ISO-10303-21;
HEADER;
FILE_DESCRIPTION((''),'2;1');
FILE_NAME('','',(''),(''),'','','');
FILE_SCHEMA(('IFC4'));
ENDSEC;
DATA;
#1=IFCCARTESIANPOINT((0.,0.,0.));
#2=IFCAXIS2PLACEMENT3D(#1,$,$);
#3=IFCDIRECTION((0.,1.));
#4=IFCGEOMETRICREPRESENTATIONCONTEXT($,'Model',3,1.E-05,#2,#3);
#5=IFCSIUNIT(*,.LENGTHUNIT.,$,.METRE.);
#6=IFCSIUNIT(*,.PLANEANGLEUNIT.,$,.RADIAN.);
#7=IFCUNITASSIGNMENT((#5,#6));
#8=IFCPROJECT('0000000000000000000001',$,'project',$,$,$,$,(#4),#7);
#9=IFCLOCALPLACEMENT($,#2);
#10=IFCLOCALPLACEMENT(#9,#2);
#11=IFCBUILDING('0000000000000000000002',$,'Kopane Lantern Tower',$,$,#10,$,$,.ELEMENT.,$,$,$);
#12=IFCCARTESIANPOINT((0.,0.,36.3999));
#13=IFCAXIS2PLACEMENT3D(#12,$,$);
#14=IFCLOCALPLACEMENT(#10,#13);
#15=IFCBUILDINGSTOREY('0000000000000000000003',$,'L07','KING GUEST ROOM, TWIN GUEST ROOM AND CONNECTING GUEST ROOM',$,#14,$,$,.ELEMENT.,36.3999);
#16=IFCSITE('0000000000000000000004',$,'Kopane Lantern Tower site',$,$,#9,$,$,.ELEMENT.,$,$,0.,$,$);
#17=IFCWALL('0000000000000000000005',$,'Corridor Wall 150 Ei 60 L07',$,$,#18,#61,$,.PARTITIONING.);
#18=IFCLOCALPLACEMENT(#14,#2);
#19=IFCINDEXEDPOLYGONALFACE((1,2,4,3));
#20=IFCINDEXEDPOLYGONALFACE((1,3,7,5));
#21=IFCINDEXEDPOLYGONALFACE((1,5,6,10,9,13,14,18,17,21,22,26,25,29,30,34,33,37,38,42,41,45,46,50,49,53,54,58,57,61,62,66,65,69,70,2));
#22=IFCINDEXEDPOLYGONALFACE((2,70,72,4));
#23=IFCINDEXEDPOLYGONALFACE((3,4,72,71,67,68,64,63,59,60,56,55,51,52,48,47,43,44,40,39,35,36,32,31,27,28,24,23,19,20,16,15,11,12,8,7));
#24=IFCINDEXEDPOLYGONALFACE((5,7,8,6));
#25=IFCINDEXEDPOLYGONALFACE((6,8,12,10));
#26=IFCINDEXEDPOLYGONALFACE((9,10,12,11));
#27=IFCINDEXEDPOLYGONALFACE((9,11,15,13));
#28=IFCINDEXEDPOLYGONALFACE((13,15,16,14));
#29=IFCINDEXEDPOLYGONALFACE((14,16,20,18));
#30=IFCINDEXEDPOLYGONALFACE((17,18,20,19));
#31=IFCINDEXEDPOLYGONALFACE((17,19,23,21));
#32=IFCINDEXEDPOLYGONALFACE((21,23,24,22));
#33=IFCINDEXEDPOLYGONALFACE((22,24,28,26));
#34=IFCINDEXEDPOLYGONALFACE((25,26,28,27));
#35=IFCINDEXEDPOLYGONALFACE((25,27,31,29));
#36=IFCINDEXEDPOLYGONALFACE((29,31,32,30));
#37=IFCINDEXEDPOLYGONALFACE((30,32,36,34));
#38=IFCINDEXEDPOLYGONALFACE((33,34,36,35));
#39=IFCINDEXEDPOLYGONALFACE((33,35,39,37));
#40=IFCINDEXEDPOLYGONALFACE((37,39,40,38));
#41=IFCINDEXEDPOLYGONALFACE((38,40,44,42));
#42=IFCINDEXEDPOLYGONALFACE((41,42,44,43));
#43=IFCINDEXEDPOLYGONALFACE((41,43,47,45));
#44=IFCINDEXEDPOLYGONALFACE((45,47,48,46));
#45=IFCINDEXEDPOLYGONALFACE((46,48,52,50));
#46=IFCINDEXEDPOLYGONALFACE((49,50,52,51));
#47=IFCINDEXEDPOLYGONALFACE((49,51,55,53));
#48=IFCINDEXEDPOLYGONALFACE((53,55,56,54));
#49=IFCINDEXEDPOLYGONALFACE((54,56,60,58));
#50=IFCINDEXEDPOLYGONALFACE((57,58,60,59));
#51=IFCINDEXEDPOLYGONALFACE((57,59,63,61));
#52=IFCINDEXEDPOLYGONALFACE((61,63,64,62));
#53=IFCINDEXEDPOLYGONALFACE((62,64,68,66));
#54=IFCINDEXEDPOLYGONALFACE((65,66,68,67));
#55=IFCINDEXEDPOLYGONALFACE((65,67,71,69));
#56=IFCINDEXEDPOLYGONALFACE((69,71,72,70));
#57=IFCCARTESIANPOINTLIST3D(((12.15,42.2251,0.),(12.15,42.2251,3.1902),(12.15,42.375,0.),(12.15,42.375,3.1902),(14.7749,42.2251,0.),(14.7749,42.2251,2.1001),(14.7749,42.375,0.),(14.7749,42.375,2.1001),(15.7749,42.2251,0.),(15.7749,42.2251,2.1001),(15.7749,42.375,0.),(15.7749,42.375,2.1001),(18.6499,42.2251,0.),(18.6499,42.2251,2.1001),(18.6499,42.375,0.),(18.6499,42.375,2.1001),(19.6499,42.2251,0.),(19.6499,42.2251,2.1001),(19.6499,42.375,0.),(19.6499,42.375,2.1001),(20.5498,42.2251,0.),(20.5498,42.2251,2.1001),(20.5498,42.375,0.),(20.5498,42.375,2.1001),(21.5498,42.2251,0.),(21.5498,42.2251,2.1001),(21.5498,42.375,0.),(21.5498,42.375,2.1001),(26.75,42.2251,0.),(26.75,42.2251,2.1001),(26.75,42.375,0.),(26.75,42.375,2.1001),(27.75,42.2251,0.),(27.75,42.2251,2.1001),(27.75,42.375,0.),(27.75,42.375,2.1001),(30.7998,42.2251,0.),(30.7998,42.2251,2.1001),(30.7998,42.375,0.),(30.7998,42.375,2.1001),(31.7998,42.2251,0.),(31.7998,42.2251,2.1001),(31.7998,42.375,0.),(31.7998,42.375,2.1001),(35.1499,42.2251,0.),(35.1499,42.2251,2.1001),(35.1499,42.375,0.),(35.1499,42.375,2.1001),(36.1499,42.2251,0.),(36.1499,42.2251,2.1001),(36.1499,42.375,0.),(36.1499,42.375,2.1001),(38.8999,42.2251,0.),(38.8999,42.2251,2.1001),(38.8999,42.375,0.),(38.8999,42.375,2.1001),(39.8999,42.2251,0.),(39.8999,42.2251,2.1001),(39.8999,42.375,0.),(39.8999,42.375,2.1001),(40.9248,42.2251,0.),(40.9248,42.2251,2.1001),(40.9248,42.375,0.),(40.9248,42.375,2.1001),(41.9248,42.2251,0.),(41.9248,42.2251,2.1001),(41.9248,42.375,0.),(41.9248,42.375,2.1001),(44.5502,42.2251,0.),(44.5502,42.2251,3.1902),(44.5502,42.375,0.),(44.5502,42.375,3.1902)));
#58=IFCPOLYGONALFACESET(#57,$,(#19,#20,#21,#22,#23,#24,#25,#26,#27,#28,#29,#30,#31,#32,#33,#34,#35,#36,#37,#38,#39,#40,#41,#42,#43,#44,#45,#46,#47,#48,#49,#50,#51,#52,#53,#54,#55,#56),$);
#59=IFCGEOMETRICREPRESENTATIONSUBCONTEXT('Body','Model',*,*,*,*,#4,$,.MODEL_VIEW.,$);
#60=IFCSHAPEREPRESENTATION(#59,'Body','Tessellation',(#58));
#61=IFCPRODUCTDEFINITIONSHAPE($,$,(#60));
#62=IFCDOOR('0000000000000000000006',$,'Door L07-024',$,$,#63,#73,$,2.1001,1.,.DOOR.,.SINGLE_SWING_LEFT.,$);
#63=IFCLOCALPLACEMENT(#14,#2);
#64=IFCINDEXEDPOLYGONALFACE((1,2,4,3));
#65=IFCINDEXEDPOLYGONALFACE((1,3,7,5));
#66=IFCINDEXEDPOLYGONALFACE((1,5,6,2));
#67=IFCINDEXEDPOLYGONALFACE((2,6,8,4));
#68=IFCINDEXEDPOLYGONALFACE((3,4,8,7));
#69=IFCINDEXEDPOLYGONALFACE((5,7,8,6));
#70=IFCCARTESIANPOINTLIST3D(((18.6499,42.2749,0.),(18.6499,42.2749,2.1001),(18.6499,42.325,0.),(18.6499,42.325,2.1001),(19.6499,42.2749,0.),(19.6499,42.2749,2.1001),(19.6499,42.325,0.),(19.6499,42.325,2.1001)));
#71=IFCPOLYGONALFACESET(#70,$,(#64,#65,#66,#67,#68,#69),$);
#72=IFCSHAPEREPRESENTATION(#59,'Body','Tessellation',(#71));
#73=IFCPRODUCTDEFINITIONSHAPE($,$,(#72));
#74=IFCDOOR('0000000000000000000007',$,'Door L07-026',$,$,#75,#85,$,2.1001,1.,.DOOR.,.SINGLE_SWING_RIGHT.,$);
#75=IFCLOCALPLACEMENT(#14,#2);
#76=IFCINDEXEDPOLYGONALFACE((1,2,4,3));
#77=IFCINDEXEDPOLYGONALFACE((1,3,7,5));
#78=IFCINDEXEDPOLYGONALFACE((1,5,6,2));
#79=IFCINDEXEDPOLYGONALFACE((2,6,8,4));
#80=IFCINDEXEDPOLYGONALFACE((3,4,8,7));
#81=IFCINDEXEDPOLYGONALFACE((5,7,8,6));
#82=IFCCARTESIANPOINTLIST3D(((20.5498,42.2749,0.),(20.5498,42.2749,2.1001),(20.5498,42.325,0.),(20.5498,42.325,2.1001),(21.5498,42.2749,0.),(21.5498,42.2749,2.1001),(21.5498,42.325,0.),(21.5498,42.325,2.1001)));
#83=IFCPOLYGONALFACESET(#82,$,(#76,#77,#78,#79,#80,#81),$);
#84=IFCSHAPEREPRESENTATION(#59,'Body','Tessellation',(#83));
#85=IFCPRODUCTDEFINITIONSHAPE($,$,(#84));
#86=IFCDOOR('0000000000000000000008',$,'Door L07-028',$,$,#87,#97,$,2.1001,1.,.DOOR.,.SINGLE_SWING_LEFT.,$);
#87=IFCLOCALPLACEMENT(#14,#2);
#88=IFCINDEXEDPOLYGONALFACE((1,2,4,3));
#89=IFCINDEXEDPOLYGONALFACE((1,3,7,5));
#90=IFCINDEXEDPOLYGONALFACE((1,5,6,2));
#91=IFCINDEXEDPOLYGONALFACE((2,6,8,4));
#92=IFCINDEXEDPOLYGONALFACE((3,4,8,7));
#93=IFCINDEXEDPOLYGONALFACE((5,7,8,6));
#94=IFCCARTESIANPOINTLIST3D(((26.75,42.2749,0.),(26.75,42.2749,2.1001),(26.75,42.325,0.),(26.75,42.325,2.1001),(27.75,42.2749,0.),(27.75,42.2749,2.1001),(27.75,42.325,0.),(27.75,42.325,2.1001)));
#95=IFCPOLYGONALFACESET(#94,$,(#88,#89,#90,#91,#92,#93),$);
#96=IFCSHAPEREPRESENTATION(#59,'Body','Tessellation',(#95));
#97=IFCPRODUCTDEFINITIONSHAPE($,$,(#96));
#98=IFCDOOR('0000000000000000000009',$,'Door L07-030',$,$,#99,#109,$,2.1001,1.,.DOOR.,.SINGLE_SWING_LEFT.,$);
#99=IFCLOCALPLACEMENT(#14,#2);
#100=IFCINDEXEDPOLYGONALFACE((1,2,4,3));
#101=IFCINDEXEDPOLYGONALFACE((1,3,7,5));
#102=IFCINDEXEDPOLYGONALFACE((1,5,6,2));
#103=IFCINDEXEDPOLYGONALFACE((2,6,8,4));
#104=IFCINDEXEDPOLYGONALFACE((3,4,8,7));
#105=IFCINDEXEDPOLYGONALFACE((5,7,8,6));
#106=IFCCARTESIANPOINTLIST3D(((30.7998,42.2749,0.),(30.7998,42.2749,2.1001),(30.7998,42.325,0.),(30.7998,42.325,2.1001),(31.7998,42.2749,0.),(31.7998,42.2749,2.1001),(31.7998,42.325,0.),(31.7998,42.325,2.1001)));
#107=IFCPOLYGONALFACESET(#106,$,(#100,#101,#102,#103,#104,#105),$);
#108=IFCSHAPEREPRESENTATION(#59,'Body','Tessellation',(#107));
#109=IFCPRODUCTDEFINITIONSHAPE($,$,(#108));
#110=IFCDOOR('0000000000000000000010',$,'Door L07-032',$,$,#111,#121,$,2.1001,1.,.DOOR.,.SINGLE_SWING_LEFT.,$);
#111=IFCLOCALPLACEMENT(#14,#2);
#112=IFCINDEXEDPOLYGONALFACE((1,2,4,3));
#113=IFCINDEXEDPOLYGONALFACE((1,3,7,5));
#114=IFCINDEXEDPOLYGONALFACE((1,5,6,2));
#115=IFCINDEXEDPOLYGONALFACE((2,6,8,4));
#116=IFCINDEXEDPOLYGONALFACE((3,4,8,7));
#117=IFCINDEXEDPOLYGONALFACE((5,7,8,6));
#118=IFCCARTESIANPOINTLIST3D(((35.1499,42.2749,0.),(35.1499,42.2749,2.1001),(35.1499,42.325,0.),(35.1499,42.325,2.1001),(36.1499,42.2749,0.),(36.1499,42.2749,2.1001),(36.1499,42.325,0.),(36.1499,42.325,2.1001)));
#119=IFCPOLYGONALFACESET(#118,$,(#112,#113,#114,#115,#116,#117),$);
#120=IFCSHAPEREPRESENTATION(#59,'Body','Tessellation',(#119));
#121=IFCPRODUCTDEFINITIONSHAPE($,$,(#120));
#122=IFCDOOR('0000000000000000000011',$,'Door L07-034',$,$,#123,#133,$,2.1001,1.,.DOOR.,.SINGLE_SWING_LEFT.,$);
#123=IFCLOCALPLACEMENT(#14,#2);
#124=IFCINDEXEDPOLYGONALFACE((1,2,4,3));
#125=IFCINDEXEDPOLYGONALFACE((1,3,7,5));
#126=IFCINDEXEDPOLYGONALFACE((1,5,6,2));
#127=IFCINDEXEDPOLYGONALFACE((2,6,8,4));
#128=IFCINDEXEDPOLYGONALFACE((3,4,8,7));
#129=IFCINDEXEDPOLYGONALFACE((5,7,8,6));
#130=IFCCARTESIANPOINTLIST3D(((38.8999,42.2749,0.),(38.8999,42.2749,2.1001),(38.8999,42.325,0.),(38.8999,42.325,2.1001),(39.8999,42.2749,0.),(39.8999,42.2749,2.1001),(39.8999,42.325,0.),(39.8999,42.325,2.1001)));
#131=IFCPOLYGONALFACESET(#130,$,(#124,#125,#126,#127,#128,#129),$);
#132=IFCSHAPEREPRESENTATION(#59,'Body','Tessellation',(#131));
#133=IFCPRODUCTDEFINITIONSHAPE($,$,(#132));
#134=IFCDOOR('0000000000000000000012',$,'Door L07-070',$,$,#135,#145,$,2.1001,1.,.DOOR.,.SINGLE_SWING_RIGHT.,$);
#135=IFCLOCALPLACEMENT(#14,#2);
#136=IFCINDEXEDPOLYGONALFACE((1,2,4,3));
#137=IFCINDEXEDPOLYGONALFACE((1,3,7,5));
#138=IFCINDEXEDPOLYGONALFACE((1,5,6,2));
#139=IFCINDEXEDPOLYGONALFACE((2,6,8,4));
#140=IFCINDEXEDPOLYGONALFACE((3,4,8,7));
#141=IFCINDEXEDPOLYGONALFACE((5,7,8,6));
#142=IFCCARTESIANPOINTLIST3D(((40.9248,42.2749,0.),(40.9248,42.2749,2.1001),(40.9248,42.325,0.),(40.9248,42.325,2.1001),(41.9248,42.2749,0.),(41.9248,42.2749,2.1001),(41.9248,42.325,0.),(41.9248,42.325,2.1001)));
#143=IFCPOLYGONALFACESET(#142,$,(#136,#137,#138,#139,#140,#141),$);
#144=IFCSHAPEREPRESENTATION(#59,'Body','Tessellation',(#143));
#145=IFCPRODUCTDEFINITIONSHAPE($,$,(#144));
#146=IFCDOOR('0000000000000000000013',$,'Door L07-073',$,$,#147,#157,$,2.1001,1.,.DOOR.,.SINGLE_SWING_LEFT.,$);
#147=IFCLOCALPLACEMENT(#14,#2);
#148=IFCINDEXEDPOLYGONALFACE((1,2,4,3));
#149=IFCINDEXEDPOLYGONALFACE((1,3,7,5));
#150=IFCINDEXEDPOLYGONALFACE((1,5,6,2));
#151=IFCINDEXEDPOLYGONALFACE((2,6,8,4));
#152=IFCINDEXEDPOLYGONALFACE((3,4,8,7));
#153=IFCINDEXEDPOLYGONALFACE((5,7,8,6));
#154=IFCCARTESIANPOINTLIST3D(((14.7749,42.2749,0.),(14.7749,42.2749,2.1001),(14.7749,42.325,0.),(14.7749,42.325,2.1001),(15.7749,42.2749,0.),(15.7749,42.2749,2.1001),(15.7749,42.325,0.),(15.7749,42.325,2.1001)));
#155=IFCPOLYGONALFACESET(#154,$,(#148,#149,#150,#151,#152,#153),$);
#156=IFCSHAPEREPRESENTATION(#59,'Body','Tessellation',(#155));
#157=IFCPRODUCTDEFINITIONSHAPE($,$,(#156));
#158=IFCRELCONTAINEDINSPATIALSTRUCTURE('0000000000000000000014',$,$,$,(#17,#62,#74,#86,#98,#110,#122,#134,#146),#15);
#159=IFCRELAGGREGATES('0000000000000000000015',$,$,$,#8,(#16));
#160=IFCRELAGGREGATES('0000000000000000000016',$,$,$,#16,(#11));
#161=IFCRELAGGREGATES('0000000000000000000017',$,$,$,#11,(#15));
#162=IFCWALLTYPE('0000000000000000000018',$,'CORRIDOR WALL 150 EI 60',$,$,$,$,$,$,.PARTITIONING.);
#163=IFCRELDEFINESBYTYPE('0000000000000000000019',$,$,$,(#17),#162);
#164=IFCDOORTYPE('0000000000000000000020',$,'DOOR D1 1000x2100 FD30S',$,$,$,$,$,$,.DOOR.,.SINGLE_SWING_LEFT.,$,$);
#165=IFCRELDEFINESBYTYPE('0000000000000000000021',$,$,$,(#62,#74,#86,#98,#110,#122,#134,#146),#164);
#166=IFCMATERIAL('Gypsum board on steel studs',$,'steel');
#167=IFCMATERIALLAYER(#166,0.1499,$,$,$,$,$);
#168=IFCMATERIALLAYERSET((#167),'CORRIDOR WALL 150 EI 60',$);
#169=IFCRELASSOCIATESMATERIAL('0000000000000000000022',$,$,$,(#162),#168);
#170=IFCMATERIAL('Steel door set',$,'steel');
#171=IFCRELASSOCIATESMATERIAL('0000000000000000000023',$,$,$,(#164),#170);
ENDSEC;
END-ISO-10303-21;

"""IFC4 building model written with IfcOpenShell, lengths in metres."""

from ifc_helpers import new_model, si_unit, direction, frame, frame_2d, origin, place, context, subcontext, project, spatial, rectangle, extrude, material, layer, layer_set, type_object, element, fill, save


model = new_model("IFC4")

# Units and contexts
model_context = context("Model", 3, precision=1e-05, world=origin(), true_north=direction((0.0, 1.0)))
body_context = subcontext(model_context, "Body", "Model", "MODEL_VIEW")
ifc_project = project(units=[si_unit("LENGTHUNIT", "METRE"), si_unit("PLANEANGLEUNIT", "RADIAN")], contexts=[model_context])

# Site, building, storey
site_placement = place(None, origin())
site = spatial("IfcSite", under=ifc_project, at=site_placement, Name="Kopane Lantern Tower site", CompositionType="ELEMENT", RefElevation=0.0)
building_placement = place(site_placement, origin())
building = spatial("IfcBuilding", under=site, at=building_placement, Name="Kopane Lantern Tower", CompositionType="ELEMENT")
storey_placement = place(building_placement, frame((0.0, 0.0, 36.3999)))
storey = spatial("IfcBuildingStorey", under=building, at=storey_placement, Name="L07", Description="KING GUEST ROOM, TWIN GUEST ROOM AND CONNECTING GUEST ROOM", CompositionType="ELEMENT", Elevation=36.3999)

# Wall, openings, doors
ifc_material_1 = material(Name="Gypsum board on steel studs", Category="steel")
ifc_layer_1 = layer(ifc_material_1, 0.1499)
ifc_layer_set_1 = layer_set([ifc_layer_1], Name="CORRIDOR WALL 150 EI 60")
wall_type_1 = type_object("IfcWallType", Name="CORRIDOR WALL 150 EI 60", PredefinedType="PARTITIONING", material=ifc_layer_set_1)
wall_1_placement = place(storey_placement, frame((12.1499, 42.3, 0.0), z_axis=(0.0, 0.0, 1.0), x_axis=(1.0, 0.0, 0.0)))
wall_1 = element("IfcWall", 1, at=wall_1_placement, inside=storey, type_object=wall_type_1, Name="Corridor Wall 150 Ei 60 L07", PredefinedType="PARTITIONING", context=body_context, shape_type="SweptSolid", body=[
    extrude(rectangle(XDim=32.4001, YDim=0.1499, at=frame_2d((16.2002, 0.0))), origin(), (0.0, 0.0, 1.0), 3.1902),
])
opening_1_placement = place(wall_1_placement, frame((6.5, 0.0, 0.0)))
opening_1 = element("IfcOpeningElement", 2, at=opening_1_placement, cuts=wall_1, PredefinedType="OPENING", context=body_context, shape_type="SweptSolid", body=[
    extrude(rectangle(XDim=1.0, YDim=2.1001, at=frame_2d((0.5, 1.05))), frame((0.0, 0.085, 0.0), z_axis=(0.0, -1.0, 0.0), x_axis=(1.0, 0.0, 0.0)), (0.0, 0.0, 1.0), 0.1699),
])
opening_2_placement = place(wall_1_placement, frame((8.3999, 0.0, 0.0)))
opening_2 = element("IfcOpeningElement", 3, at=opening_2_placement, cuts=wall_1, PredefinedType="OPENING", context=body_context, shape_type="SweptSolid", body=[
    extrude(rectangle(XDim=1.0, YDim=2.1001, at=frame_2d((0.5, 1.05))), frame((0.0, 0.085, 0.0), z_axis=(0.0, -1.0, 0.0), x_axis=(1.0, 0.0, 0.0)), (0.0, 0.0, 1.0), 0.1699),
])
opening_3_placement = place(wall_1_placement, frame((14.6001, 0.0, 0.0)))
opening_3 = element("IfcOpeningElement", 4, at=opening_3_placement, cuts=wall_1, PredefinedType="OPENING", context=body_context, shape_type="SweptSolid", body=[
    extrude(rectangle(XDim=1.0, YDim=2.1001, at=frame_2d((0.5, 1.05))), frame((0.0, 0.085, 0.0), z_axis=(0.0, -1.0, 0.0), x_axis=(1.0, 0.0, 0.0)), (0.0, 0.0, 1.0), 0.1699),
])
opening_4_placement = place(wall_1_placement, frame((18.6499, 0.0, 0.0)))
opening_4 = element("IfcOpeningElement", 5, at=opening_4_placement, cuts=wall_1, PredefinedType="OPENING", context=body_context, shape_type="SweptSolid", body=[
    extrude(rectangle(XDim=1.0, YDim=2.1001, at=frame_2d((0.5, 1.05))), frame((0.0, 0.085, 0.0), z_axis=(0.0, -1.0, 0.0), x_axis=(1.0, 0.0, 0.0)), (0.0, 0.0, 1.0), 0.1699),
])
opening_5_placement = place(wall_1_placement, frame((23.0, 0.0, 0.0)))
opening_5 = element("IfcOpeningElement", 6, at=opening_5_placement, cuts=wall_1, PredefinedType="OPENING", context=body_context, shape_type="SweptSolid", body=[
    extrude(rectangle(XDim=1.0, YDim=2.1001, at=frame_2d((0.5, 1.05))), frame((0.0, 0.085, 0.0), z_axis=(0.0, -1.0, 0.0), x_axis=(1.0, 0.0, 0.0)), (0.0, 0.0, 1.0), 0.1699),
])
opening_6_placement = place(wall_1_placement, frame((26.75, 0.0, 0.0)))
opening_6 = element("IfcOpeningElement", 7, at=opening_6_placement, cuts=wall_1, PredefinedType="OPENING", context=body_context, shape_type="SweptSolid", body=[
    extrude(rectangle(XDim=1.0, YDim=2.1001, at=frame_2d((0.5, 1.05))), frame((0.0, 0.085, 0.0), z_axis=(0.0, -1.0, 0.0), x_axis=(1.0, 0.0, 0.0)), (0.0, 0.0, 1.0), 0.1699),
])
opening_7_placement = place(wall_1_placement, frame((28.7749, 0.0, 0.0)))
opening_7 = element("IfcOpeningElement", 8, at=opening_7_placement, cuts=wall_1, PredefinedType="OPENING", context=body_context, shape_type="SweptSolid", body=[
    extrude(rectangle(XDim=1.0, YDim=2.1001, at=frame_2d((0.5, 1.05))), frame((0.0, 0.085, 0.0), z_axis=(0.0, -1.0, 0.0), x_axis=(1.0, 0.0, 0.0)), (0.0, 0.0, 1.0), 0.1699),
])
opening_8_placement = place(wall_1_placement, frame((2.625, 0.0, 0.0)))
opening_8 = element("IfcOpeningElement", 9, at=opening_8_placement, cuts=wall_1, PredefinedType="OPENING", context=body_context, shape_type="SweptSolid", body=[
    extrude(rectangle(XDim=1.0, YDim=2.1001, at=frame_2d((0.5, 1.05))), frame((0.0, 0.085, 0.0), z_axis=(0.0, -1.0, 0.0), x_axis=(1.0, 0.0, 0.0)), (0.0, 0.0, 1.0), 0.1699),
])
ifc_material_2 = material(Name="Steel door set", Category="steel")
door_type_1 = type_object("IfcDoorType", Name="DOOR D1 1000x2100 FD30S", OperationType="SINGLE_SWING_LEFT", PredefinedType="DOOR", material=ifc_material_2)
door_1_placement = place(opening_1_placement, origin())
door_1 = element("IfcDoor", 10, at=door_1_placement, inside=storey, type_object=door_type_1, Name="Door L07-024", OperationType="SINGLE_SWING_LEFT", OverallHeight=2.1001, OverallWidth=1.0, PredefinedType="DOOR", context=body_context, shape_type="SweptSolid", body=[
    extrude(rectangle(XDim=1.0, YDim=2.1001, at=frame_2d((0.5, 1.05))), frame((0.0, 0.0249, 0.0), z_axis=(0.0, -1.0, 0.0), x_axis=(1.0, 0.0, 0.0)), (0.0, 0.0, 1.0), 0.05),
])
fill(opening_1, door_1)
door_2_placement = place(opening_2_placement, origin())
door_2 = element("IfcDoor", 11, at=door_2_placement, inside=storey, type_object=door_type_1, Name="Door L07-026", OperationType="SINGLE_SWING_RIGHT", OverallHeight=2.1001, OverallWidth=1.0, PredefinedType="DOOR", context=body_context, shape_type="SweptSolid", body=[
    extrude(rectangle(XDim=1.0, YDim=2.1001, at=frame_2d((0.5, 1.05))), frame((0.0, 0.0249, 0.0), z_axis=(0.0, -1.0, 0.0), x_axis=(1.0, 0.0, 0.0)), (0.0, 0.0, 1.0), 0.05),
])
fill(opening_2, door_2)
door_3_placement = place(opening_3_placement, origin())
door_3 = element("IfcDoor", 12, at=door_3_placement, inside=storey, type_object=door_type_1, Name="Door L07-028", OperationType="SINGLE_SWING_LEFT", OverallHeight=2.1001, OverallWidth=1.0, PredefinedType="DOOR", context=body_context, shape_type="SweptSolid", body=[
    extrude(rectangle(XDim=1.0, YDim=2.1001, at=frame_2d((0.5, 1.05))), frame((0.0, 0.0249, 0.0), z_axis=(0.0, -1.0, 0.0), x_axis=(1.0, 0.0, 0.0)), (0.0, 0.0, 1.0), 0.05),
])
fill(opening_3, door_3)
door_4_placement = place(opening_4_placement, origin())
door_4 = element("IfcDoor", 13, at=door_4_placement, inside=storey, type_object=door_type_1, Name="Door L07-030", OperationType="SINGLE_SWING_LEFT", OverallHeight=2.1001, OverallWidth=1.0, PredefinedType="DOOR", context=body_context, shape_type="SweptSolid", body=[
    extrude(rectangle(XDim=1.0, YDim=2.1001, at=frame_2d((0.5, 1.05))), frame((0.0, 0.0249, 0.0), z_axis=(0.0, -1.0, 0.0), x_axis=(1.0, 0.0, 0.0)), (0.0, 0.0, 1.0), 0.05),
])
fill(opening_4, door_4)
door_5_placement = place(opening_5_placement, origin())
door_5 = element("IfcDoor", 14, at=door_5_placement, inside=storey, type_object=door_type_1, Name="Door L07-032", OperationType="SINGLE_SWING_LEFT", OverallHeight=2.1001, OverallWidth=1.0, PredefinedType="DOOR", context=body_context, shape_type="SweptSolid", body=[
    extrude(rectangle(XDim=1.0, YDim=2.1001, at=frame_2d((0.5, 1.05))), frame((0.0, 0.0249, 0.0), z_axis=(0.0, -1.0, 0.0), x_axis=(1.0, 0.0, 0.0)), (0.0, 0.0, 1.0), 0.05),
])
fill(opening_5, door_5)
door_6_placement = place(opening_6_placement, origin())
door_6 = element("IfcDoor", 15, at=door_6_placement, inside=storey, type_object=door_type_1, Name="Door L07-034", OperationType="SINGLE_SWING_LEFT", OverallHeight=2.1001, OverallWidth=1.0, PredefinedType="DOOR", context=body_context, shape_type="SweptSolid", body=[
    extrude(rectangle(XDim=1.0, YDim=2.1001, at=frame_2d((0.5, 1.05))), frame((0.0, 0.0249, 0.0), z_axis=(0.0, -1.0, 0.0), x_axis=(1.0, 0.0, 0.0)), (0.0, 0.0, 1.0), 0.05),
])
fill(opening_6, door_6)
door_7_placement = place(opening_7_placement, origin())
door_7 = element("IfcDoor", 16, at=door_7_placement, inside=storey, type_object=door_type_1, Name="Door L07-070", OperationType="SINGLE_SWING_RIGHT", OverallHeight=2.1001, OverallWidth=1.0, PredefinedType="DOOR", context=body_context, shape_type="SweptSolid", body=[
    extrude(rectangle(XDim=1.0, YDim=2.1001, at=frame_2d((0.5, 1.05))), frame((0.0, 0.0249, 0.0), z_axis=(0.0, -1.0, 0.0), x_axis=(1.0, 0.0, 0.0)), (0.0, 0.0, 1.0), 0.05),
])
fill(opening_7, door_7)
door_8_placement = place(opening_8_placement, origin())
door_8 = element("IfcDoor", 17, at=door_8_placement, inside=storey, type_object=door_type_1, Name="Door L07-073", OperationType="SINGLE_SWING_LEFT", OverallHeight=2.1001, OverallWidth=1.0, PredefinedType="DOOR", context=body_context, shape_type="SweptSolid", body=[
    extrude(rectangle(XDim=1.0, YDim=2.1001, at=frame_2d((0.5, 1.05))), frame((0.0, 0.0249, 0.0), z_axis=(0.0, -1.0, 0.0), x_axis=(1.0, 0.0, 0.0)), (0.0, 0.0, 1.0), 0.05),
])
fill(opening_8, door_8)

save(model, "model.ifc")
